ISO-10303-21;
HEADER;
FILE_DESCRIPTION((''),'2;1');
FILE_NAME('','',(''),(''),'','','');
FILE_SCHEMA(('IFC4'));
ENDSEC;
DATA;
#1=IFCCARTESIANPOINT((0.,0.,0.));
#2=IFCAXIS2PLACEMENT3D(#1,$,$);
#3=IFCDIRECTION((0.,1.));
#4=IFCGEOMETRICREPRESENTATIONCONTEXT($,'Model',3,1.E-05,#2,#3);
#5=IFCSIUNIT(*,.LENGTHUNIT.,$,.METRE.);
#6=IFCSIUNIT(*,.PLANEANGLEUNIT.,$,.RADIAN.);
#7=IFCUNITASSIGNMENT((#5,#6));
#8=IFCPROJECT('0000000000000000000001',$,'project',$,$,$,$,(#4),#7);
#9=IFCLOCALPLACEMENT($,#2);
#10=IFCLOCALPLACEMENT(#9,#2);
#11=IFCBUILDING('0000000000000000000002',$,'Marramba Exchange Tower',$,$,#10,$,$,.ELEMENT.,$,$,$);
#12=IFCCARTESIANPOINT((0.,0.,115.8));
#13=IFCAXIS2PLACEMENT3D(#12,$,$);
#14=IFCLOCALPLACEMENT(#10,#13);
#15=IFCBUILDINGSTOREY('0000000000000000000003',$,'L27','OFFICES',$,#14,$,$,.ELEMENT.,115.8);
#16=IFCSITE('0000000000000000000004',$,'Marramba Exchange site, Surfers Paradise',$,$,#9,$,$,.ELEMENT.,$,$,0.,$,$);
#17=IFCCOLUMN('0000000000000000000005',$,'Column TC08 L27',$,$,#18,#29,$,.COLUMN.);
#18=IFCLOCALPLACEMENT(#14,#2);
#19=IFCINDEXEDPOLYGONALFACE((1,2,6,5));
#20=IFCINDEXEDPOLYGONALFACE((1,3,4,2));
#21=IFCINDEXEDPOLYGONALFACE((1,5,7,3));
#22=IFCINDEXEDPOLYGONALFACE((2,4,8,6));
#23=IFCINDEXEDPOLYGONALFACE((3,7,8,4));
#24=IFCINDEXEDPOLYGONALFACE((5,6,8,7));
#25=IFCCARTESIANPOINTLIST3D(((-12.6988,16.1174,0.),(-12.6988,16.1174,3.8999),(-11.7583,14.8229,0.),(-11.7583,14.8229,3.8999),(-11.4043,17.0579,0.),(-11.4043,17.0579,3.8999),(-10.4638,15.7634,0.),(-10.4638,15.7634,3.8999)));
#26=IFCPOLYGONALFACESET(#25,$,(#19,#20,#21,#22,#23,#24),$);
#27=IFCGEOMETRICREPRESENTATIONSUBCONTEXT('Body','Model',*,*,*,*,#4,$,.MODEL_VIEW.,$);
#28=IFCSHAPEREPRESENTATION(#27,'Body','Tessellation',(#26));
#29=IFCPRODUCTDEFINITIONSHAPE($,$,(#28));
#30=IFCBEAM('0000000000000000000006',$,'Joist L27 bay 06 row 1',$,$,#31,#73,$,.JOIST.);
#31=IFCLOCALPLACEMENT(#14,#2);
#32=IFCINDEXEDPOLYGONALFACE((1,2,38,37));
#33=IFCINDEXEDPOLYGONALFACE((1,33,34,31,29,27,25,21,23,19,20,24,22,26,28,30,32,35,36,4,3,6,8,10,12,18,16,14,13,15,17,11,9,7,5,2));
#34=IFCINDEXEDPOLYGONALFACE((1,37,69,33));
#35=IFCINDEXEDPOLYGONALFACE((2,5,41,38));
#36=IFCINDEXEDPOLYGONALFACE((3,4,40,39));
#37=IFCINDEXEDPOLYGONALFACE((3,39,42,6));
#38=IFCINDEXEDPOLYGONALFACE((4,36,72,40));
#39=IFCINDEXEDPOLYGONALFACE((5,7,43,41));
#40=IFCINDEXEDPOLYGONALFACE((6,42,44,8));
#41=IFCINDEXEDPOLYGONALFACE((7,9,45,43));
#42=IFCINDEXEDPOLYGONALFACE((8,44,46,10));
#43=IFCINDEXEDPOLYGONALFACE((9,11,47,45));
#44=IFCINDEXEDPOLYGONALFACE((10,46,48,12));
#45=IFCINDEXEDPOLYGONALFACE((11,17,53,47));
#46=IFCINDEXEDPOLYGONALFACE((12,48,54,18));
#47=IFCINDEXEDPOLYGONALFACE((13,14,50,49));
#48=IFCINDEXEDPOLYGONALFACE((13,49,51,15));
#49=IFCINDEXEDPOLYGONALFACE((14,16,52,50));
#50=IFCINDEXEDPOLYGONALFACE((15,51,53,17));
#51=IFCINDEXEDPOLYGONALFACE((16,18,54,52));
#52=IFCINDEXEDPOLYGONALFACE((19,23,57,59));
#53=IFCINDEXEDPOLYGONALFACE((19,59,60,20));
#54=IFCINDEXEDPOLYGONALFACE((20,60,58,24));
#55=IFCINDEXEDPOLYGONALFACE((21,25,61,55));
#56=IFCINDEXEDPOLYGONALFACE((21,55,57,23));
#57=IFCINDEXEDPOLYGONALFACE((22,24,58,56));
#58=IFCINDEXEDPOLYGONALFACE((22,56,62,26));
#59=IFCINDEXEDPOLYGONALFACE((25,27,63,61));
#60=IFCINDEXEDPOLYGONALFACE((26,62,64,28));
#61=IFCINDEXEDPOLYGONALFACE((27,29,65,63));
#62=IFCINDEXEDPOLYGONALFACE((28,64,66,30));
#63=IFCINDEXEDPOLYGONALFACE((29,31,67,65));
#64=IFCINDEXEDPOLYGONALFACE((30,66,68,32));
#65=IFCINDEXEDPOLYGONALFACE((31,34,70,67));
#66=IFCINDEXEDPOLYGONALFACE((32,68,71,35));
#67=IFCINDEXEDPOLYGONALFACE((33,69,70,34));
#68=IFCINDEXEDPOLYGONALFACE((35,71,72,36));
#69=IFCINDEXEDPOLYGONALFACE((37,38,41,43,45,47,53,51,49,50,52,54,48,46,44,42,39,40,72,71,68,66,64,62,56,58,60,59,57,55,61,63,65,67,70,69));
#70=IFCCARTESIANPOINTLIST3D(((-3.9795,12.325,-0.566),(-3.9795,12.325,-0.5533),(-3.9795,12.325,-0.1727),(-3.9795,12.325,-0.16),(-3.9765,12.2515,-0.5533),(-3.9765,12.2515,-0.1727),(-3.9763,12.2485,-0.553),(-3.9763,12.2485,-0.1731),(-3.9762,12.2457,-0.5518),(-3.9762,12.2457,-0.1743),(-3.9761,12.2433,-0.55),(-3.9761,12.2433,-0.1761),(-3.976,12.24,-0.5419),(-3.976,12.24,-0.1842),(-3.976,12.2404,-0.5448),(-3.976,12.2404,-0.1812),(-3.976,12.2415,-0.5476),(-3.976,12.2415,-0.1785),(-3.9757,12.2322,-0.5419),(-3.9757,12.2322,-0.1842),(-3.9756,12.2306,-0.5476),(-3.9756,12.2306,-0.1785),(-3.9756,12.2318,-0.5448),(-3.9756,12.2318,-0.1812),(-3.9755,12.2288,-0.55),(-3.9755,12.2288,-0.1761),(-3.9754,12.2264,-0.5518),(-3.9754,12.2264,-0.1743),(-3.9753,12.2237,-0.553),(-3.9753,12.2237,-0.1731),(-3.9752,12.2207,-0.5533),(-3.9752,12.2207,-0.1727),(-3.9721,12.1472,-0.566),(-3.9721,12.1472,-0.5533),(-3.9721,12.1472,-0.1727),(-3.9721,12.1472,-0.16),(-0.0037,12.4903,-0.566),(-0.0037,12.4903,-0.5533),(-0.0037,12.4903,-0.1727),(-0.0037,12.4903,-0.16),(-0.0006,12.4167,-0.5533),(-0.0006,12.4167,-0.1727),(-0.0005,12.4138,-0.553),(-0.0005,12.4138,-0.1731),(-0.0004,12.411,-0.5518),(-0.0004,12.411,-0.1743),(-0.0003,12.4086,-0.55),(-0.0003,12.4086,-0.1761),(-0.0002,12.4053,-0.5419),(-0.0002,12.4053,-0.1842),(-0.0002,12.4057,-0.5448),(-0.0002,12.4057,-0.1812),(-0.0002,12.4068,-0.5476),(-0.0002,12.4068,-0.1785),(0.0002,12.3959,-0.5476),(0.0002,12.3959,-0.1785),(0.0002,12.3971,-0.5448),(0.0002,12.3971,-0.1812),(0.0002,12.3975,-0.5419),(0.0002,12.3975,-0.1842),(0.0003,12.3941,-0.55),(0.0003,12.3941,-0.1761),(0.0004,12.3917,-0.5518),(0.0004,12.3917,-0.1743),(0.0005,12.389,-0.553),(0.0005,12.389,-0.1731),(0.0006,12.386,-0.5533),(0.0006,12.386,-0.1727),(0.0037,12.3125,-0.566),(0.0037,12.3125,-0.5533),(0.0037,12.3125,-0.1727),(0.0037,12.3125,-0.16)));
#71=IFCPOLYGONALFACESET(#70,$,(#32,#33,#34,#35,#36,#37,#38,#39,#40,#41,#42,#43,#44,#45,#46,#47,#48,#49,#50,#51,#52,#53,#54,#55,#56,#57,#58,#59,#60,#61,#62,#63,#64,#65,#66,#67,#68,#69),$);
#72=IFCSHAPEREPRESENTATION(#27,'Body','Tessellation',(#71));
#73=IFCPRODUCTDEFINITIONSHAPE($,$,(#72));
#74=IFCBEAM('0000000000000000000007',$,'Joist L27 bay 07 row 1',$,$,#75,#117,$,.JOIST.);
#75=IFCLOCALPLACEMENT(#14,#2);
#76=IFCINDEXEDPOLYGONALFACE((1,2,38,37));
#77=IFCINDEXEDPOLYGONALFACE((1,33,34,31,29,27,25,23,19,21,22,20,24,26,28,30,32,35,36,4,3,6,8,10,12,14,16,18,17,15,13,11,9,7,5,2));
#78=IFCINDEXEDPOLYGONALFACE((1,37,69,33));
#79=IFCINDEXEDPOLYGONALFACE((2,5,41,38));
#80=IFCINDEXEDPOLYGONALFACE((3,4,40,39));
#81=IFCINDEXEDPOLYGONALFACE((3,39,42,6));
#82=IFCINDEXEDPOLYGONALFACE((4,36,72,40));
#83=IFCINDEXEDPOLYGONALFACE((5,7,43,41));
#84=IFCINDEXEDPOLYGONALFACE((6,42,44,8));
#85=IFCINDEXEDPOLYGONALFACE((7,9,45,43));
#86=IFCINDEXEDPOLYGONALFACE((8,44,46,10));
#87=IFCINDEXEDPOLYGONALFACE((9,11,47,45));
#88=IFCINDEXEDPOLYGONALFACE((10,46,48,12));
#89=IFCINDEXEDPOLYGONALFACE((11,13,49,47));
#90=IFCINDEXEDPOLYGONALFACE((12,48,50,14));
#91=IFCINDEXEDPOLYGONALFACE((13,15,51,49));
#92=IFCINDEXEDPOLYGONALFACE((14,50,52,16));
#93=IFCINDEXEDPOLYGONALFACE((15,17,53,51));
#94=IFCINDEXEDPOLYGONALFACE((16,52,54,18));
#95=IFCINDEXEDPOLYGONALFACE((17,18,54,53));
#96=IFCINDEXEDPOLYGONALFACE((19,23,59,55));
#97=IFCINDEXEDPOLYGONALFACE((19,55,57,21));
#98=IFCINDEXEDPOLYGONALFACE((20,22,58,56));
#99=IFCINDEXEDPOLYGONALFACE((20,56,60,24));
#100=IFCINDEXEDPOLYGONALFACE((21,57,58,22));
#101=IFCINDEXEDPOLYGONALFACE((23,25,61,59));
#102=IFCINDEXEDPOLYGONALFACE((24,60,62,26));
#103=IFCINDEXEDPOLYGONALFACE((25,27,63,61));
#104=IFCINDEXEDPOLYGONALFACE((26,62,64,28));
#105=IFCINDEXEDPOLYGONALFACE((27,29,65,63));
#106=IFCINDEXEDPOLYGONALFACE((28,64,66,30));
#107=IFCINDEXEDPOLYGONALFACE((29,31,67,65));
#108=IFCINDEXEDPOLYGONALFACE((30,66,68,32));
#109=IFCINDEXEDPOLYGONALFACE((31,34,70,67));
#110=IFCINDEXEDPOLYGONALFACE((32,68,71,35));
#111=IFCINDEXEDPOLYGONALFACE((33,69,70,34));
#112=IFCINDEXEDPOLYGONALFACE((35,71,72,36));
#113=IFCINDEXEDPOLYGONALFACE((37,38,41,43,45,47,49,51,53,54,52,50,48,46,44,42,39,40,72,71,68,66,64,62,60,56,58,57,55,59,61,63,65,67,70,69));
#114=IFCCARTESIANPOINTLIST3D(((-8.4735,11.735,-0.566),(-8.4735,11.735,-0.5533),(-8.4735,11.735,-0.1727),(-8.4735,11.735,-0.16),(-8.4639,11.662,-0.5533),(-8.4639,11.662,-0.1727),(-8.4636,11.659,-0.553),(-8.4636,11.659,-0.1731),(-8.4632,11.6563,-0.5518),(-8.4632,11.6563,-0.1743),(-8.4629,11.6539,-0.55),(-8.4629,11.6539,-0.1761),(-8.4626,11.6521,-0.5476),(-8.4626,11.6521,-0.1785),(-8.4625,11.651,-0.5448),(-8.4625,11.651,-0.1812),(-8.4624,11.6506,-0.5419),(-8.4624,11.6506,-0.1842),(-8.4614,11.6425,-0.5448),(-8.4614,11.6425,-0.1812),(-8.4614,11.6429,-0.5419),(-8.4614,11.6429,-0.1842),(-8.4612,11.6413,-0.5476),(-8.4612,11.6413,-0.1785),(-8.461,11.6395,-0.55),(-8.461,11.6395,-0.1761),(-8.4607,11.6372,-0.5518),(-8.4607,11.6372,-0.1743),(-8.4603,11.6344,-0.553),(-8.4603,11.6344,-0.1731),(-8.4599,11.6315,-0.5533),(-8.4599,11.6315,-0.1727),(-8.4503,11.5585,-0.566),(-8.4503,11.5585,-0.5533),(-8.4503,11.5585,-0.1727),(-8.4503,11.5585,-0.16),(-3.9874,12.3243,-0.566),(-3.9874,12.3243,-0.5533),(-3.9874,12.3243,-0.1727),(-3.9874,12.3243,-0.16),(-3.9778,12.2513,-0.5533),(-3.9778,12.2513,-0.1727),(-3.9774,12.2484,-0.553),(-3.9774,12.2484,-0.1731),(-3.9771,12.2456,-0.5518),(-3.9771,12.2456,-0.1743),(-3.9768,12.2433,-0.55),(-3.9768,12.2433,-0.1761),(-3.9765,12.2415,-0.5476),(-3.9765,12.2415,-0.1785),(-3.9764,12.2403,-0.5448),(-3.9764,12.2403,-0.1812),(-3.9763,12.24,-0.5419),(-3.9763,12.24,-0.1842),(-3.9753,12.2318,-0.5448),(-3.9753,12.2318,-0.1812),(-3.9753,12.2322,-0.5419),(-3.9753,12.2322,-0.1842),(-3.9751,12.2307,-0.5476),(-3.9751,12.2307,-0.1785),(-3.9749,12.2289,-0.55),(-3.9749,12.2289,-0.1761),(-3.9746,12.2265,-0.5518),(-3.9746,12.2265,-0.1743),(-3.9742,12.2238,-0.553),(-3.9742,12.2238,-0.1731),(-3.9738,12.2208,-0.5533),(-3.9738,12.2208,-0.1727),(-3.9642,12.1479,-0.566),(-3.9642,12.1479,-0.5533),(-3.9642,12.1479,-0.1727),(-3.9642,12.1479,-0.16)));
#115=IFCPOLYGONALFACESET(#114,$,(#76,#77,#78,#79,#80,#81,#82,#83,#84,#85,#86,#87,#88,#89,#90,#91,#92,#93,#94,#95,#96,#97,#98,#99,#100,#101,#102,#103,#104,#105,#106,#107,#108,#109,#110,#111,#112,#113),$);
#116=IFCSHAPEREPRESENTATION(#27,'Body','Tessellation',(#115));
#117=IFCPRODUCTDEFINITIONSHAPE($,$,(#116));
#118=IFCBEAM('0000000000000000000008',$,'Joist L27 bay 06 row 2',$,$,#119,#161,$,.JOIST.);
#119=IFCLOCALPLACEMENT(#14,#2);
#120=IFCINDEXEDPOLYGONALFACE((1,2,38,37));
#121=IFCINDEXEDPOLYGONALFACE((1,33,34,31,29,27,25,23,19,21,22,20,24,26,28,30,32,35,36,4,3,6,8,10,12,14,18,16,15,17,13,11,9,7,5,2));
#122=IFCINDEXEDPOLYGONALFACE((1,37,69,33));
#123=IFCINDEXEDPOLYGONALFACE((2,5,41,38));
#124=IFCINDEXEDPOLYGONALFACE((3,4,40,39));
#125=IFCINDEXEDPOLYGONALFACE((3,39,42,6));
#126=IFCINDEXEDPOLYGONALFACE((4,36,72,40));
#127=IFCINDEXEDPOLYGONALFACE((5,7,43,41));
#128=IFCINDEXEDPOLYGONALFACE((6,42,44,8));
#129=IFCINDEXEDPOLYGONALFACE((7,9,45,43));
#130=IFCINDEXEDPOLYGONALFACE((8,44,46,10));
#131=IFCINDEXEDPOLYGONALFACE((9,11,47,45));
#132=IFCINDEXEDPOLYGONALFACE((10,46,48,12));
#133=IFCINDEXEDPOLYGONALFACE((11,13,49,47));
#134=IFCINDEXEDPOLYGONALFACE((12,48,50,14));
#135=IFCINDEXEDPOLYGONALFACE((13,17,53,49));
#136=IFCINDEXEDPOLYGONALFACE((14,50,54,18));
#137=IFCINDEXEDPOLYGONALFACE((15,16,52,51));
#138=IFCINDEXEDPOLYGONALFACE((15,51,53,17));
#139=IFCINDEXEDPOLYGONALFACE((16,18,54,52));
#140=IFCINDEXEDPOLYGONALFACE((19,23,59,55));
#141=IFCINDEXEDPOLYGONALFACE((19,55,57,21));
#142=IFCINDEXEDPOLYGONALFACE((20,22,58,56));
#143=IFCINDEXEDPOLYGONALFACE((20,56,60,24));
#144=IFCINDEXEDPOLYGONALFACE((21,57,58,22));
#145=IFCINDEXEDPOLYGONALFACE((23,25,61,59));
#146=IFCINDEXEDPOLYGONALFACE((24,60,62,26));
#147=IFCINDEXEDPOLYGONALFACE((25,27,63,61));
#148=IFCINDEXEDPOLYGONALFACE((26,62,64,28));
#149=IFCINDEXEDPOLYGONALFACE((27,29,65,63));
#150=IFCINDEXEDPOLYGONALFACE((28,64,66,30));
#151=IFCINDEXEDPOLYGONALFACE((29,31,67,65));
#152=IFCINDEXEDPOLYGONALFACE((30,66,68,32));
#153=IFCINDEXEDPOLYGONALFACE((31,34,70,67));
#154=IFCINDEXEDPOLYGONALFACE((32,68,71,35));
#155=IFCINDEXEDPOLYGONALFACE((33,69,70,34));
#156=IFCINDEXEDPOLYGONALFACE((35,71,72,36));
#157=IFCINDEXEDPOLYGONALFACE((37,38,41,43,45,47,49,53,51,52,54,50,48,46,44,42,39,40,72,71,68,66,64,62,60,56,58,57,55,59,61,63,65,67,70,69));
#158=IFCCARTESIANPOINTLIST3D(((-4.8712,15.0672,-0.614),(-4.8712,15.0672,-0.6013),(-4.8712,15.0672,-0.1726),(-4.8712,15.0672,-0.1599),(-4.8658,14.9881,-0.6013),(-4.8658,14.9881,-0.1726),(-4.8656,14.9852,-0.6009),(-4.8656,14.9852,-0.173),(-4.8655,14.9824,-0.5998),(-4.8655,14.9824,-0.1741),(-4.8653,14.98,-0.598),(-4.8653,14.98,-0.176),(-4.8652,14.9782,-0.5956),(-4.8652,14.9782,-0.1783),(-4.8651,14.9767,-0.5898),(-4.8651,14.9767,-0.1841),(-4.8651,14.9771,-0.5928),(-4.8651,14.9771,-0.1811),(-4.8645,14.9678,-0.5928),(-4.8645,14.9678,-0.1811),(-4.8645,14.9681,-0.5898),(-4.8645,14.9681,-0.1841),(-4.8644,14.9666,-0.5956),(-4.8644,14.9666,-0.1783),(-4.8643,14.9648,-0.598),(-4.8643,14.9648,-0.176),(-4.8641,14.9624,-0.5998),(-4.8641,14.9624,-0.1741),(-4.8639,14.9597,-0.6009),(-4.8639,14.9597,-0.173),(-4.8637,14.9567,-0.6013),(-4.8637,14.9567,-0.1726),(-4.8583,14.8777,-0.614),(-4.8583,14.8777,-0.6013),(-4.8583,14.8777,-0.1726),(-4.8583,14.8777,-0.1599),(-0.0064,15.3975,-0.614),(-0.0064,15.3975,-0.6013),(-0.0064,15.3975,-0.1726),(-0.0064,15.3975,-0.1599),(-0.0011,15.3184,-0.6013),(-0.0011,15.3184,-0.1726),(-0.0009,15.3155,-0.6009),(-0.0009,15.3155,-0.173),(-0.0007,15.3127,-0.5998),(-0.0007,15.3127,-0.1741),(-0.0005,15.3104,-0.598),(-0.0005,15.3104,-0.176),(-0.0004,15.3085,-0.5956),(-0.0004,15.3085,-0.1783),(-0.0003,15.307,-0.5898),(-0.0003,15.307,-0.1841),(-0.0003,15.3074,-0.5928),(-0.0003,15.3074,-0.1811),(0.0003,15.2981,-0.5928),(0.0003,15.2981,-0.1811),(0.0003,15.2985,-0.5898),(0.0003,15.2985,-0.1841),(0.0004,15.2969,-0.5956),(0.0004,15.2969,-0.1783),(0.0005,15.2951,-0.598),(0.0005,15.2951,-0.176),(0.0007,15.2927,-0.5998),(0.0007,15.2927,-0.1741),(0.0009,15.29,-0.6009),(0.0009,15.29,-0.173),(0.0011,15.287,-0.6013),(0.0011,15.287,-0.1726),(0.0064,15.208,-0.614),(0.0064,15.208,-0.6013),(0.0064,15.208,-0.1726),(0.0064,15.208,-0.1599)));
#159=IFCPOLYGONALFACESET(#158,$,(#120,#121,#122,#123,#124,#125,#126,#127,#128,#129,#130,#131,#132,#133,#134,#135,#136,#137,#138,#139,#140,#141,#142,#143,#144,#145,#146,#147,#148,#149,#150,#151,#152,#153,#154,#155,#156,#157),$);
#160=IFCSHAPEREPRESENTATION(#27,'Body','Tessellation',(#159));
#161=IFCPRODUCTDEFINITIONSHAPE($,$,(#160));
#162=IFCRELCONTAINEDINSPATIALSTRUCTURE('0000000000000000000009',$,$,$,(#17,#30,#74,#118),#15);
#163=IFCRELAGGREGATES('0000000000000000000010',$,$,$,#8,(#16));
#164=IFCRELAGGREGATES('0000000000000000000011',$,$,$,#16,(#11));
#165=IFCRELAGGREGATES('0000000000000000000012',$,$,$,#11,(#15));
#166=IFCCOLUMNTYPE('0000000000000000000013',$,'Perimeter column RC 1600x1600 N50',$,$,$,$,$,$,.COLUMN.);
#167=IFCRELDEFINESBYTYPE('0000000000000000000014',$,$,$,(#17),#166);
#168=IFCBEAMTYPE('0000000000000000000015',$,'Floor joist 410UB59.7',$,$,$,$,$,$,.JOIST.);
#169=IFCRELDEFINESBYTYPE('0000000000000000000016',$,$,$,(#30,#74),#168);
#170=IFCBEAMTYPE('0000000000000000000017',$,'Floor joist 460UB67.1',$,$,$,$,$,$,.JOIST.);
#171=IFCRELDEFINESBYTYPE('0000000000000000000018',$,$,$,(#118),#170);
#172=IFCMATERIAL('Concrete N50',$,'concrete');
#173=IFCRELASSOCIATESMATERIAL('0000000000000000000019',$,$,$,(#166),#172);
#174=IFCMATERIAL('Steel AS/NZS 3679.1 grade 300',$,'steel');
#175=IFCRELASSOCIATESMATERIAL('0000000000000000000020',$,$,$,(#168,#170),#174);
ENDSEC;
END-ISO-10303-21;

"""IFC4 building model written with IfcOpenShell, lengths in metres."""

from ifc_helpers import new_model, si_unit, direction, frame, origin, origin_2d, place, context, subcontext, project, spatial, rectangle, i_section, extrude, material, material_profile, profile_set, type_object, element, save


model = new_model("IFC4")

# Units and contexts
model_context = context("Model", 3, precision=1e-05, world=origin(), true_north=direction((0.0, 1.0)))
body_context = subcontext(model_context, "Body", "Model", "MODEL_VIEW")
ifc_project = project(units=[si_unit("LENGTHUNIT", "METRE"), si_unit("PLANEANGLEUNIT", "RADIAN")], contexts=[model_context])

# Site, building, storey
site_placement = place(None, origin())
site = spatial("IfcSite", under=ifc_project, at=site_placement, Name="Marramba Exchange site, Surfers Paradise", CompositionType="ELEMENT", RefElevation=0.0)
building_placement = place(site_placement, origin())
building = spatial("IfcBuilding", under=site, at=building_placement, Name="Marramba Exchange Tower", CompositionType="ELEMENT")
storey_placement = place(building_placement, frame((0.0, 0.0, 115.8)))
storey = spatial("IfcBuildingStorey", under=building, at=storey_placement, Name="L27", Description="OFFICES", CompositionType="ELEMENT", Elevation=115.8)

# Column
ifc_material_1 = material(Name="Concrete N50", Category="concrete")
ifc_material_profile_1 = material_profile(ifc_material_1, rectangle(XDim=1.6001, YDim=1.6001, at=origin_2d()), Name="RC 1600x1600")
ifc_profile_set_1 = profile_set([ifc_material_profile_1], Name="Concrete N50")
column_type = type_object("IfcColumnType", Name="Perimeter column RC 1600x1600 N50", PredefinedType="COLUMN", material=ifc_profile_set_1)
column_placement = place(storey_placement, frame((-11.5813, 15.9404, 0.0), z_axis=(0.0, 0.0, 1.0), x_axis=(-0.587785, 0.809017, 0.0)))
element("IfcColumn", 1, at=column_placement, inside=storey, type_object=column_type, Name="Column TC08 L27", PredefinedType="COLUMN", context=body_context, shape_type="SweptSolid", body=[
    extrude(rectangle(XDim=1.6001, YDim=1.6001, at=origin_2d()), origin(), (0.0, 0.0, 1.0), 3.8999),
])

# Beams
ifc_material_2 = material(Name="Steel AS/NZS 3679.1 grade 300", Category="steel")
ifc_material_profile_2 = material_profile(ifc_material_2, i_section(OverallWidth=0.178, OverallDepth=0.406, WebThickness=0.0078, FlangeThickness=0.0127, FilletRadius=0.0115, at=origin_2d()), Name="410UB59.7")
ifc_profile_set_2 = profile_set([ifc_material_profile_2], Name="Steel AS/NZS 3679.1 grade 300")
beam_type_1 = type_object("IfcBeamType", Name="Floor joist 410UB59.7", PredefinedType="JOIST", material=ifc_profile_set_2)
beam_1_placement = place(storey_placement, frame((0.0, 12.4014, -0.363), z_axis=(-0.999137, -0.041536, 0.0), x_axis=(0.041536, -0.999137, 0.0)))
element("IfcBeam", 2, at=beam_1_placement, inside=storey, type_object=beam_type_1, Name="Joist L27 bay 06 row 1", PredefinedType="JOIST", context=body_context, shape_type="SweptSolid", body=[
    extrude(i_section(OverallWidth=0.178, OverallDepth=0.406, WebThickness=0.0078, FlangeThickness=0.0127, FilletRadius=0.0115, at=origin_2d()), origin(), (0.0, 0.0, 1.0), 3.9792),
])
beam_2_placement = place(storey_placement, frame((-3.9758, 12.2361, -0.363), z_axis=(-0.991481, -0.130255, 0.0), x_axis=(0.130255, -0.991481, 0.0)))
element("IfcBeam", 3, at=beam_2_placement, inside=storey, type_object=beam_type_1, Name="Joist L27 bay 07 row 1", PredefinedType="JOIST", context=body_context, shape_type="SweptSolid", body=[
    extrude(i_section(OverallWidth=0.178, OverallDepth=0.406, WebThickness=0.0078, FlangeThickness=0.0127, FilletRadius=0.0115, at=origin_2d()), origin(), (0.0, 0.0, 1.0), 4.5247),
])
ifc_material_profile_3 = material_profile(ifc_material_2, i_section(OverallWidth=0.1899, OverallDepth=0.4541, WebThickness=0.0085, FlangeThickness=0.0127, FilletRadius=0.0115, at=origin_2d()), Name="460UB67.1")
ifc_profile_set_3 = profile_set([ifc_material_profile_3], Name="Steel AS/NZS 3679.1 grade 300")
beam_type_2 = type_object("IfcBeamType", Name="Floor joist 460UB67.1", PredefinedType="JOIST", material=ifc_profile_set_3)
beam_3_placement = place(storey_placement, frame((0.0, 15.3027, -0.387), z_axis=(-0.997703, -0.067745, 0.0), x_axis=(0.067745, -0.997703, 0.0)))
element("IfcBeam", 4, at=beam_3_placement, inside=storey, type_object=beam_type_2, Name="Joist L27 bay 06 row 2", PredefinedType="JOIST", context=body_context, shape_type="SweptSolid", body=[
    extrude(i_section(OverallWidth=0.1899, OverallDepth=0.4541, WebThickness=0.0085, FlangeThickness=0.0127, FilletRadius=0.0115, at=origin_2d()), origin(), (0.0, 0.0, 1.0), 4.876),
])

save(model, "model.ifc")
